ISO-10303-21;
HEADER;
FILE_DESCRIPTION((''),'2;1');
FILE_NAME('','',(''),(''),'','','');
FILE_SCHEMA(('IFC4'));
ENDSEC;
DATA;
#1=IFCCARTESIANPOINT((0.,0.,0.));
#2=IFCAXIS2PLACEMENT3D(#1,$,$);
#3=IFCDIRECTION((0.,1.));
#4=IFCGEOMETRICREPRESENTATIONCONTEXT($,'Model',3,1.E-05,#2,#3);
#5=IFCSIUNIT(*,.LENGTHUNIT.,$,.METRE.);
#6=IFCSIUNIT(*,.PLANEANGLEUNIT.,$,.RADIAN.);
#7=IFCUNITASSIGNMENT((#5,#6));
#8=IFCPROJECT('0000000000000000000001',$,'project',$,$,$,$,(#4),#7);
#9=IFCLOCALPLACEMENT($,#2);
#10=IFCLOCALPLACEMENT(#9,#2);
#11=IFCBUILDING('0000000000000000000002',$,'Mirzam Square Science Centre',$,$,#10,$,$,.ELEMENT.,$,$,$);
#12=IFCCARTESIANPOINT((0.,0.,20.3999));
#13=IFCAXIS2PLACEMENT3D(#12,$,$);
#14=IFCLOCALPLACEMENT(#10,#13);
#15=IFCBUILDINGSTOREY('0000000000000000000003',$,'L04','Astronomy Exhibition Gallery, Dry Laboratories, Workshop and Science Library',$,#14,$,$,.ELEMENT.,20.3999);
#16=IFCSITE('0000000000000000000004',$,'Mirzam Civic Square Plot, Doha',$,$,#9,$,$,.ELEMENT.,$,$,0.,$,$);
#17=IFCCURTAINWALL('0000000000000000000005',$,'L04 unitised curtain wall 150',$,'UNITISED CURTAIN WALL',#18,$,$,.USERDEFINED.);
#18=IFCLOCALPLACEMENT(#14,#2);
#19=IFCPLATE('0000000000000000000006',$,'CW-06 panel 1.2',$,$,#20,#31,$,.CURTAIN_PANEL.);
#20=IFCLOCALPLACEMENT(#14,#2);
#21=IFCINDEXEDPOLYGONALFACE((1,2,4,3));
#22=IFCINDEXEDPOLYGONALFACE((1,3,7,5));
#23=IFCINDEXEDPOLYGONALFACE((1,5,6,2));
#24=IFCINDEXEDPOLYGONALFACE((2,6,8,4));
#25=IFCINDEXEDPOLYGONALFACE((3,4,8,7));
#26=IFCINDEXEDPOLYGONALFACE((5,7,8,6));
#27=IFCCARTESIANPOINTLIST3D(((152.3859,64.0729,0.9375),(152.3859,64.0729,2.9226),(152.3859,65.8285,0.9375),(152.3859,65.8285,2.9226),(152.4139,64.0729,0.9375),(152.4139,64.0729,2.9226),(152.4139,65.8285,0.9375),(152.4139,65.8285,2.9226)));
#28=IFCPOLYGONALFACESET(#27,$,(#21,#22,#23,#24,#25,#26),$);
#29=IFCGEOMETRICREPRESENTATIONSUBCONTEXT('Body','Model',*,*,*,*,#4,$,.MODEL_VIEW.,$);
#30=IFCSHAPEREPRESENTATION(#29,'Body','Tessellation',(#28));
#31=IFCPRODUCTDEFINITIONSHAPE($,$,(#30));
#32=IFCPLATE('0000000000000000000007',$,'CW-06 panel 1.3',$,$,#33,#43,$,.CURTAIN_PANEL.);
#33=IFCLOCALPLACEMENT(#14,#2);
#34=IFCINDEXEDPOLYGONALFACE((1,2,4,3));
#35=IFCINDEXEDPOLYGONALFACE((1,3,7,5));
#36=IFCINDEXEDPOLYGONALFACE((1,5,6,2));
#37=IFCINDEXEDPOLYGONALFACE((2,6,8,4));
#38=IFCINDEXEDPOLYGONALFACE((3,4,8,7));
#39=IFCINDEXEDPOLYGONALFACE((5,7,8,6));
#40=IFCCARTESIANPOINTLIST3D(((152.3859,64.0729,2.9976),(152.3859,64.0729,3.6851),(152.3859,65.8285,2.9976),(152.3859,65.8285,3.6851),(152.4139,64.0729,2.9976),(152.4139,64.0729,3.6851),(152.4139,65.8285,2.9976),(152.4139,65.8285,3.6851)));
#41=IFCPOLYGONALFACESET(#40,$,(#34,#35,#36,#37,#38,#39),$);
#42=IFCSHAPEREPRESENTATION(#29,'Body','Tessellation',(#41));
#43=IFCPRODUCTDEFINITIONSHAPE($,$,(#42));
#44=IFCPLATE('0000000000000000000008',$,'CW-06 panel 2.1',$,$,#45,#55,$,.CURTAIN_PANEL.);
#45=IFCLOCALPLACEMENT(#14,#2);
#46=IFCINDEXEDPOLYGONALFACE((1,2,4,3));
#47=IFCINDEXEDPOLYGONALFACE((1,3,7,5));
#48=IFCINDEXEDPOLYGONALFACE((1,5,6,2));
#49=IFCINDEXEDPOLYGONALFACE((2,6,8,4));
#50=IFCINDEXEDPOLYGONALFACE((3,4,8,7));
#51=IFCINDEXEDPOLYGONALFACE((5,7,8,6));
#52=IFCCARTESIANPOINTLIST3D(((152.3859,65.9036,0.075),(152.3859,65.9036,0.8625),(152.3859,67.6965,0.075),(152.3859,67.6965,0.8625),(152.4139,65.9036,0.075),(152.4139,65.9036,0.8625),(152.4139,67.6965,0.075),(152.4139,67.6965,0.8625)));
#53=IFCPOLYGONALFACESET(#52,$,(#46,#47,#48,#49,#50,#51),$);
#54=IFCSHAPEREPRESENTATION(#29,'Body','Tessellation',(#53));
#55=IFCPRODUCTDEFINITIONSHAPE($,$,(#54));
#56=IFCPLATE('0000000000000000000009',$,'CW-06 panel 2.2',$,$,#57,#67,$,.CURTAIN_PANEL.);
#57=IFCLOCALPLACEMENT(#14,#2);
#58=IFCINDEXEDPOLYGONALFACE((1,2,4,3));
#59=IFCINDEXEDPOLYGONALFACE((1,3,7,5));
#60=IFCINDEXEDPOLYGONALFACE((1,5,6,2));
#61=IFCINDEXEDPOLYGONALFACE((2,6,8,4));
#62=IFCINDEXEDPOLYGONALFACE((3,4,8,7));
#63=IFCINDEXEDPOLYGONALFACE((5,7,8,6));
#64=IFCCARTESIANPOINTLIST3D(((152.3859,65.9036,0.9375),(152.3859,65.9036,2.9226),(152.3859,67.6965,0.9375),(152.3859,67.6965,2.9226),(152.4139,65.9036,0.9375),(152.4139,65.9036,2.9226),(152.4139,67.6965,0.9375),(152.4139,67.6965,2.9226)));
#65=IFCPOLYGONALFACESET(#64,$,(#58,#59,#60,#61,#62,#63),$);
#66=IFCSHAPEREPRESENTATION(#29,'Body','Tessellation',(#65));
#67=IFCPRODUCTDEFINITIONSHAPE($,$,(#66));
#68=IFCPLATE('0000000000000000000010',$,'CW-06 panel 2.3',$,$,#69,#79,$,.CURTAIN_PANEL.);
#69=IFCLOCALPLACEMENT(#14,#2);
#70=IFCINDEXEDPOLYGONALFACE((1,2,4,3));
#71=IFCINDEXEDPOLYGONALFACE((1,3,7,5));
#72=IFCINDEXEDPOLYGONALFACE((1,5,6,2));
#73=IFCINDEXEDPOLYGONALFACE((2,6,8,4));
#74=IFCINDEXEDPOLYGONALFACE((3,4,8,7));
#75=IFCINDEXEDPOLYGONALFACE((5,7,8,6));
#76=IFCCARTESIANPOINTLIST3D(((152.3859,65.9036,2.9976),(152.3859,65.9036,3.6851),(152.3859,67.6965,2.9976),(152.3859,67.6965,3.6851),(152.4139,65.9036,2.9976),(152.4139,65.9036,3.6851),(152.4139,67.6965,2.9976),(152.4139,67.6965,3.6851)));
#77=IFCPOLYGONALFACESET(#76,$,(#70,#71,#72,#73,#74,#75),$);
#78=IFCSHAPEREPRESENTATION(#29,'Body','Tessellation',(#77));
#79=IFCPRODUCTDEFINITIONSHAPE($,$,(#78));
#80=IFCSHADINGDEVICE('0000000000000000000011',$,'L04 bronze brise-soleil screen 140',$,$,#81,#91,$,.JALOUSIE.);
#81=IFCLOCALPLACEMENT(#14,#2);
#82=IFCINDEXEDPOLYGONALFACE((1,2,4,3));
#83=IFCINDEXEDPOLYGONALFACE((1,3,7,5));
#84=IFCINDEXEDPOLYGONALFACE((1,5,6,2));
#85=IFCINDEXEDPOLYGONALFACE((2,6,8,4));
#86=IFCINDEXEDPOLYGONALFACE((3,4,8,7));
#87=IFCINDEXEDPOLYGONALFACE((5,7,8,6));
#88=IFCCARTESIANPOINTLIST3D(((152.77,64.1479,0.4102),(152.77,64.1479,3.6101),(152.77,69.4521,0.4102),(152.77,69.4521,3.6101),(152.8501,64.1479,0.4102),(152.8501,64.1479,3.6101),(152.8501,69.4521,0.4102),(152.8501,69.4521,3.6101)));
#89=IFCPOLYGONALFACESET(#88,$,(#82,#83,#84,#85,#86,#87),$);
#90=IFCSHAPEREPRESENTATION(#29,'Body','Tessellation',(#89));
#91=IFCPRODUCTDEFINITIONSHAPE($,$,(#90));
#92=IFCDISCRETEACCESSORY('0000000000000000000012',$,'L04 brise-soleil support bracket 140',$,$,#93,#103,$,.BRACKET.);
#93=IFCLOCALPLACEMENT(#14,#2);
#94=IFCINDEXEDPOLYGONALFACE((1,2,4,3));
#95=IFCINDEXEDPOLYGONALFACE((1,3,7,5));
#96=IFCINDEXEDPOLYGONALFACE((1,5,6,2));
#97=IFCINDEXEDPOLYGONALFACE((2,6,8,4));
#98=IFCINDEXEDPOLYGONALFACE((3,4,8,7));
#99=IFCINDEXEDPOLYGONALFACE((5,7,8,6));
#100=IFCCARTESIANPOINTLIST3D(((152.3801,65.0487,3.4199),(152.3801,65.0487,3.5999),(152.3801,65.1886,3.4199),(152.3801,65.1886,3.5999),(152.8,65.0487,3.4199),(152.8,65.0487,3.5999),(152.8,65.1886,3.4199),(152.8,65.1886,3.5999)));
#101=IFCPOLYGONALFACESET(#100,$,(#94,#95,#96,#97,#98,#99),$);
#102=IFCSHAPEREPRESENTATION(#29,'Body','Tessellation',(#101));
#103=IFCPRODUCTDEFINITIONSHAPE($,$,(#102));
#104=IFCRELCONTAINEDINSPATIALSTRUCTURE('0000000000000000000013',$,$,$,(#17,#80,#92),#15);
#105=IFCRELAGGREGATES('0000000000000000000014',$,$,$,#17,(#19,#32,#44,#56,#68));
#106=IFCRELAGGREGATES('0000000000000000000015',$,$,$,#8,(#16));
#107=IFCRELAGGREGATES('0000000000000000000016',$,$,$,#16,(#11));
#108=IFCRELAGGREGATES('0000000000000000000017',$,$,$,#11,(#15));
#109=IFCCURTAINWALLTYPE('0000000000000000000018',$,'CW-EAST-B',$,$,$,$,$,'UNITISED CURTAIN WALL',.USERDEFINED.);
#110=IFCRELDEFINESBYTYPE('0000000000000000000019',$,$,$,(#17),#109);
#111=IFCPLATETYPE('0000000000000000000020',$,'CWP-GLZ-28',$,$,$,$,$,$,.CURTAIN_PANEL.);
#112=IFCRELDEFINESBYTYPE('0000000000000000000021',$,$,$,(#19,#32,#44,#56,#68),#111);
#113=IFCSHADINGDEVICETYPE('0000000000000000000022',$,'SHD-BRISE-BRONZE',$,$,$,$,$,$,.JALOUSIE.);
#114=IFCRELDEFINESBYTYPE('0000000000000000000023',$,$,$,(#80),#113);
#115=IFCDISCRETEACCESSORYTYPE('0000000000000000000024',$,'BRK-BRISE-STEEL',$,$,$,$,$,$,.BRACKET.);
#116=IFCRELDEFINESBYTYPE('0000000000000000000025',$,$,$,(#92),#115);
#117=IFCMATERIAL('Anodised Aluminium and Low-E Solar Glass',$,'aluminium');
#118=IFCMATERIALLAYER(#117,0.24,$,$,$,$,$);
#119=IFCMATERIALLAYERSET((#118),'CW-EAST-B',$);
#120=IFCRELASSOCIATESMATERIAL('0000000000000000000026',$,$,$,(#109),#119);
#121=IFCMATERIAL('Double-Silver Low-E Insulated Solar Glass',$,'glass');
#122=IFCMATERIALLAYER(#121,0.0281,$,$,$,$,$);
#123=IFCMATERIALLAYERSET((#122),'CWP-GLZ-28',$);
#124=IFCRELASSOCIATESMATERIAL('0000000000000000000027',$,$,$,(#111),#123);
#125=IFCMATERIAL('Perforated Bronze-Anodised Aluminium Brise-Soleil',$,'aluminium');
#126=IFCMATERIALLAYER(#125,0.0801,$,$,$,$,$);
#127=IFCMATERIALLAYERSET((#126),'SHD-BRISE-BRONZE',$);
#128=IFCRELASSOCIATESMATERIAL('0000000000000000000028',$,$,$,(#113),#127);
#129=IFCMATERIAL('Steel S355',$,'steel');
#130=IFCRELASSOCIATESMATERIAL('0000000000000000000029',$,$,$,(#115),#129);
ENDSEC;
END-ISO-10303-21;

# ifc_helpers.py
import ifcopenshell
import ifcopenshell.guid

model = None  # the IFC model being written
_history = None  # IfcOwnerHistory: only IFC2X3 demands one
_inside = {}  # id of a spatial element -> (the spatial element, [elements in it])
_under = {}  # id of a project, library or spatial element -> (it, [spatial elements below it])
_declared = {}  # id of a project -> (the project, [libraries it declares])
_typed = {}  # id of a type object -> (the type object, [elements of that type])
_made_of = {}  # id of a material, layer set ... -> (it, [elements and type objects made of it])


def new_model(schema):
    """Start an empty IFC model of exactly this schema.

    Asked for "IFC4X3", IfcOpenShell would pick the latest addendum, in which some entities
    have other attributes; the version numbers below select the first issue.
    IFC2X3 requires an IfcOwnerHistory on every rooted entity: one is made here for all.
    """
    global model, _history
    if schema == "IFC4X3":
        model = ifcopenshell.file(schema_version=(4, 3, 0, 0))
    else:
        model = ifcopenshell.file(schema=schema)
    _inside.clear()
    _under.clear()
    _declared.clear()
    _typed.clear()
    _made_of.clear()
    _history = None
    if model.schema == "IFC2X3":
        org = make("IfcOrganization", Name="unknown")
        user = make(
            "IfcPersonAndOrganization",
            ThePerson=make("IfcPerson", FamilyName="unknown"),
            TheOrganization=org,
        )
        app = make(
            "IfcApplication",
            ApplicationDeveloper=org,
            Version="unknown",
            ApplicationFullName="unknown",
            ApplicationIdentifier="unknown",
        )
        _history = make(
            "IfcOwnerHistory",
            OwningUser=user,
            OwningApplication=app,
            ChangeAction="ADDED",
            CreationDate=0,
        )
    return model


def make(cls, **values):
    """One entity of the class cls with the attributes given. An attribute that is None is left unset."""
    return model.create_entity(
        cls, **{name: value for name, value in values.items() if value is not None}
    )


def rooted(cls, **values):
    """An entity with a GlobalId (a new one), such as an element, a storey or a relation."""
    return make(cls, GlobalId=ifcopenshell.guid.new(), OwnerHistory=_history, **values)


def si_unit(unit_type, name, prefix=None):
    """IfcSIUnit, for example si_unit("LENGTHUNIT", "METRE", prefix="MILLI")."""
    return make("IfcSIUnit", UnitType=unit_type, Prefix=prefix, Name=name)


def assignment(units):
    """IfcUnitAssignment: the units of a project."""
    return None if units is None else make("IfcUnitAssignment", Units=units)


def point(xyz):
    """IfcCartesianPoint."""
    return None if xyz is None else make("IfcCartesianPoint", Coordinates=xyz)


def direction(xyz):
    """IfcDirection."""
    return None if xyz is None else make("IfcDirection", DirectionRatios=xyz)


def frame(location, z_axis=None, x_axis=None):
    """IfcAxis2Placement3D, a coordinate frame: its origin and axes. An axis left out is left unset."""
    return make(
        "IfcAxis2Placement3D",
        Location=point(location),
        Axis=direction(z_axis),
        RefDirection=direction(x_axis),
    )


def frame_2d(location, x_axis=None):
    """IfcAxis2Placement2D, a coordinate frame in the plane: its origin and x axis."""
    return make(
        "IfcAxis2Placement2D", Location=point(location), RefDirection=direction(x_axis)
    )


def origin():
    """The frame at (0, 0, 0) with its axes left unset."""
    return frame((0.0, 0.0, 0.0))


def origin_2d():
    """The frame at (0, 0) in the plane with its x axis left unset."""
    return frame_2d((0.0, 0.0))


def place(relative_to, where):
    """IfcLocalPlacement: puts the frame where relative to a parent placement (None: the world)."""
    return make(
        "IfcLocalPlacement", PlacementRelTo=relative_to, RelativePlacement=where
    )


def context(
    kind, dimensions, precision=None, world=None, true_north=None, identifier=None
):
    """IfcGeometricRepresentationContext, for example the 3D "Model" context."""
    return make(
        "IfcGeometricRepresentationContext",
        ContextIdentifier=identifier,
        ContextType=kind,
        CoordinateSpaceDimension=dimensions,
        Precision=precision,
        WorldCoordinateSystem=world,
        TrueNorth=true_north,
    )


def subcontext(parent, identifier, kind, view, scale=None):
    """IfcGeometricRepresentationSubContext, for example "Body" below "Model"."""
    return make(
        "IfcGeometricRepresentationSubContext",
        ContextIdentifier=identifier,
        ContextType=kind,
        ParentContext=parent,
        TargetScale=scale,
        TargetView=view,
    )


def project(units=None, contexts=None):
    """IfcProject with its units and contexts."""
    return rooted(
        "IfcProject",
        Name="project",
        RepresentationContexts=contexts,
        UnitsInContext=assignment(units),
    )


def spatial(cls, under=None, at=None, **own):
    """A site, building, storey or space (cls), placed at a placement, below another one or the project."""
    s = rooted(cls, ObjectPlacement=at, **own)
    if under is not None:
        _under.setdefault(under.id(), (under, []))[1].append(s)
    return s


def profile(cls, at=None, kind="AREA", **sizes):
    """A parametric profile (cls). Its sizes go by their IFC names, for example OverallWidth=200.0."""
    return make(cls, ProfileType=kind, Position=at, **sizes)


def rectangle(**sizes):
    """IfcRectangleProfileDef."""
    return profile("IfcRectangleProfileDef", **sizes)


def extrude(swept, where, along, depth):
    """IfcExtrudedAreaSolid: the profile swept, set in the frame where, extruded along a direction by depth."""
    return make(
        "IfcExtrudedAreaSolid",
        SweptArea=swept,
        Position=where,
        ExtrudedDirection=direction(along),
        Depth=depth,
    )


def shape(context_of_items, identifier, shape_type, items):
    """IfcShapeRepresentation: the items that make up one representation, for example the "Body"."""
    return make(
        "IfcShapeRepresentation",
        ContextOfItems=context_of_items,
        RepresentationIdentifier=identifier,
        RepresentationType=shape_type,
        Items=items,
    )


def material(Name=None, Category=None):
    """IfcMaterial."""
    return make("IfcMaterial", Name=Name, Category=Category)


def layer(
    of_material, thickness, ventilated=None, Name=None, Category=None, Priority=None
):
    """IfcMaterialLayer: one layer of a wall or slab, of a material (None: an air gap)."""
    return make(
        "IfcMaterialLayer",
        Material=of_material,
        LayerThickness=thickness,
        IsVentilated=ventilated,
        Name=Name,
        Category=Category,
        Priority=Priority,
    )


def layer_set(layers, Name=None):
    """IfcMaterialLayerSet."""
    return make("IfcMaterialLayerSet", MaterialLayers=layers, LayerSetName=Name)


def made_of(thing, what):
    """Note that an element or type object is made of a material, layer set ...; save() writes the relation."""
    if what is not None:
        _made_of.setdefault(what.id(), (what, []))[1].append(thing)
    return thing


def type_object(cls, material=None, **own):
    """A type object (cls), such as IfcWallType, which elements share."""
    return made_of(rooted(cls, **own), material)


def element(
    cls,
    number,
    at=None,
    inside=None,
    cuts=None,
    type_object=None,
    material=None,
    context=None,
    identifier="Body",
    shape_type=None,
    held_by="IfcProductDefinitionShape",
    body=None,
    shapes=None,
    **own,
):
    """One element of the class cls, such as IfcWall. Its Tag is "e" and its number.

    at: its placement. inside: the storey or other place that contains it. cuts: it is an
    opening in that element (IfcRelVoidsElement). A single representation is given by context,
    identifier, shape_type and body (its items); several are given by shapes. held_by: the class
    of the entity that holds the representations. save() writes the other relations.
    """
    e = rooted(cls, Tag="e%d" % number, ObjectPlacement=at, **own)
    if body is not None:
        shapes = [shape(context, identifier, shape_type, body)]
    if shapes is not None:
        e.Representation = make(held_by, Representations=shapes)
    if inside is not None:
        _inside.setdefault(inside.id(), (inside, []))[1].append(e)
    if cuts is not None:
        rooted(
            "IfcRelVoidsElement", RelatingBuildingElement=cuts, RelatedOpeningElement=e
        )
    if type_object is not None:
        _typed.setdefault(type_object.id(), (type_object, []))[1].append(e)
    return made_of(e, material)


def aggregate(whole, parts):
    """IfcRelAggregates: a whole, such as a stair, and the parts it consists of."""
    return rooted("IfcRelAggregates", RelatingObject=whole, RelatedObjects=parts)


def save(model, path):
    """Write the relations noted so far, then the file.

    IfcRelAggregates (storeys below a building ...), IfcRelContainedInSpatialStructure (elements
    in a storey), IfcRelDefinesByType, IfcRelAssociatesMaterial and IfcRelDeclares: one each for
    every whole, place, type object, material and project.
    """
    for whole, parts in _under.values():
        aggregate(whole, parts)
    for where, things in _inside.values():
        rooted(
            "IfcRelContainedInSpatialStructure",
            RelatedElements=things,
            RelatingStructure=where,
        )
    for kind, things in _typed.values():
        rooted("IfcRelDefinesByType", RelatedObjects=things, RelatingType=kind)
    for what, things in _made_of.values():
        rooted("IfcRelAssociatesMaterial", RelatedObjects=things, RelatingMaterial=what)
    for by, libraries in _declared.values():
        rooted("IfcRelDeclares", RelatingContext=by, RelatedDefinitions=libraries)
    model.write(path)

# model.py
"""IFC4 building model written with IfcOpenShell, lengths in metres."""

from ifc_helpers import new_model, si_unit, direction, frame, origin, origin_2d, place, context, subcontext, project, spatial, rectangle, extrude, material, layer, layer_set, type_object, element, aggregate, save


model = new_model("IFC4")

# Units and contexts
model_context = context("Model", 3, precision=1e-05, world=origin(), true_north=direction((0.0, 1.0)))
body_context = subcontext(model_context, "Body", "Model", "MODEL_VIEW")
ifc_project = project(units=[si_unit("LENGTHUNIT", "METRE"), si_unit("PLANEANGLEUNIT", "RADIAN")], contexts=[model_context])

# Site, building, storey
site_placement = place(None, origin())
site = spatial("IfcSite", under=ifc_project, at=site_placement, Name="Mirzam Civic Square Plot, Doha", CompositionType="ELEMENT", RefElevation=0.0)
building_placement = place(site_placement, origin())
building = spatial("IfcBuilding", under=site, at=building_placement, Name="Mirzam Square Science Centre", CompositionType="ELEMENT")
storey_placement = place(building_placement, frame((0.0, 0.0, 20.3999)))
storey = spatial("IfcBuildingStorey", under=building, at=storey_placement, Name="L04", Description="Astronomy Exhibition Gallery, Dry Laboratories, Workshop and Science Library", CompositionType="ELEMENT", Elevation=20.3999)

# Shared definitions
ifc_material_1 = material(Name="Steel S355", Category="steel")

# Curtain wall
ifc_material_2 = material(Name="Anodised Aluminium and Low-E Solar Glass", Category="aluminium")
ifc_layer_1 = layer(ifc_material_2, 0.24)
ifc_layer_set_1 = layer_set([ifc_layer_1], Name="CW-EAST-B")
curtain_wall_type = type_object("IfcCurtainWallType", Name="CW-EAST-B", ElementType="UNITISED CURTAIN WALL", PredefinedType="USERDEFINED", material=ifc_layer_set_1)
curtain_wall_placement = place(storey_placement, origin())
curtain_wall = element("IfcCurtainWall", 1, at=curtain_wall_placement, inside=storey, type_object=curtain_wall_type, Name="L04 unitised curtain wall 150", ObjectType="UNITISED CURTAIN WALL", PredefinedType="USERDEFINED")

# Plates
ifc_material_3 = material(Name="Double-Silver Low-E Insulated Solar Glass", Category="glass")
ifc_layer_2 = layer(ifc_material_3, 0.0281)
ifc_layer_set_2 = layer_set([ifc_layer_2], Name="CWP-GLZ-28")
plate_type = type_object("IfcPlateType", Name="CWP-GLZ-28", PredefinedType="CURTAIN_PANEL", material=ifc_layer_set_2)
plate_1_placement = place(storey_placement, frame((152.3999, 64.9507, 0.9375), z_axis=(0.0, 0.0, 1.0), x_axis=(0.0, 1.0, 0.0)))
plate_1 = element("IfcPlate", 2, at=plate_1_placement, type_object=plate_type, Name="CW-06 panel 1.2", PredefinedType="CURTAIN_PANEL", context=body_context, shape_type="SweptSolid", body=[
    extrude(rectangle(XDim=1.7556, YDim=0.0281, at=origin_2d()), origin(), (0.0, 0.0, 1.0), 1.9851),
])
plate_2_placement = place(storey_placement, frame((152.3999, 64.9507, 2.9976), z_axis=(0.0, 0.0, 1.0), x_axis=(0.0, 1.0, 0.0)))
plate_2 = element("IfcPlate", 3, at=plate_2_placement, type_object=plate_type, Name="CW-06 panel 1.3", PredefinedType="CURTAIN_PANEL", context=body_context, shape_type="SweptSolid", body=[
    extrude(rectangle(XDim=1.7556, YDim=0.0281, at=origin_2d()), origin(), (0.0, 0.0, 1.0), 0.6875),
])
plate_3_placement = place(storey_placement, frame((152.3999, 66.8, 0.075), z_axis=(0.0, 0.0, 1.0), x_axis=(0.0, 1.0, 0.0)))
plate_3 = element("IfcPlate", 4, at=plate_3_placement, type_object=plate_type, Name="CW-06 panel 2.1", PredefinedType="CURTAIN_PANEL", context=body_context, shape_type="SweptSolid", body=[
    extrude(rectangle(XDim=1.793, YDim=0.0281, at=origin_2d()), origin(), (0.0, 0.0, 1.0), 0.7876),
])
plate_4_placement = place(storey_placement, frame((152.3999, 66.8, 0.9375), z_axis=(0.0, 0.0, 1.0), x_axis=(0.0, 1.0, 0.0)))
plate_4 = element("IfcPlate", 5, at=plate_4_placement, type_object=plate_type, Name="CW-06 panel 2.2", PredefinedType="CURTAIN_PANEL", context=body_context, shape_type="SweptSolid", body=[
    extrude(rectangle(XDim=1.793, YDim=0.0281, at=origin_2d()), origin(), (0.0, 0.0, 1.0), 1.9851),
])
plate_5_placement = place(storey_placement, frame((152.3999, 66.8, 2.9976), z_axis=(0.0, 0.0, 1.0), x_axis=(0.0, 1.0, 0.0)))
plate_5 = element("IfcPlate", 6, at=plate_5_placement, type_object=plate_type, Name="CW-06 panel 2.3", PredefinedType="CURTAIN_PANEL", context=body_context, shape_type="SweptSolid", body=[
    extrude(rectangle(XDim=1.793, YDim=0.0281, at=origin_2d()), origin(), (0.0, 0.0, 1.0), 0.6875),
])
aggregate(curtain_wall, [plate_1, plate_2, plate_3, plate_4, plate_5])

# Shading device
ifc_material_4 = material(Name="Perforated Bronze-Anodised Aluminium Brise-Soleil", Category="aluminium")
ifc_layer_3 = layer(ifc_material_4, 0.0801)
ifc_layer_set_3 = layer_set([ifc_layer_3], Name="SHD-BRISE-BRONZE")
shading_device_type = type_object("IfcShadingDeviceType", Name="SHD-BRISE-BRONZE", PredefinedType="JALOUSIE", material=ifc_layer_set_3)
shading_device_placement = place(storey_placement, frame((152.8101, 66.8, 0.4102), z_axis=(0.0, 0.0, 1.0), x_axis=(0.0, 1.0, 0.0)))
element("IfcShadingDevice", 7, at=shading_device_placement, inside=storey, type_object=shading_device_type, Name="L04 bronze brise-soleil screen 140", PredefinedType="JALOUSIE", context=body_context, shape_type="SweptSolid", body=[
    extrude(rectangle(XDim=5.3042, YDim=0.0801, at=origin_2d()), origin(), (0.0, 0.0, 1.0), 3.2),
])

# Discrete accessory
discrete_accessory_type = type_object("IfcDiscreteAccessoryType", Name="BRK-BRISE-STEEL", PredefinedType="BRACKET", material=ifc_material_1)
discrete_accessory_placement = place(storey_placement, frame((152.5901, 65.1187, 3.4199), z_axis=(0.0, 0.0, 1.0), x_axis=(0.0, 1.0, 0.0)))
element("IfcDiscreteAccessory", 8, at=discrete_accessory_placement, inside=storey, type_object=discrete_accessory_type, Name="L04 brise-soleil support bracket 140", PredefinedType="BRACKET", context=body_context, shape_type="SweptSolid", body=[
    extrude(rectangle(XDim=0.1399, YDim=0.4199, at=origin_2d()), origin(), (0.0, 0.0, 1.0), 0.1799),
])

save(model, "model.ifc")
